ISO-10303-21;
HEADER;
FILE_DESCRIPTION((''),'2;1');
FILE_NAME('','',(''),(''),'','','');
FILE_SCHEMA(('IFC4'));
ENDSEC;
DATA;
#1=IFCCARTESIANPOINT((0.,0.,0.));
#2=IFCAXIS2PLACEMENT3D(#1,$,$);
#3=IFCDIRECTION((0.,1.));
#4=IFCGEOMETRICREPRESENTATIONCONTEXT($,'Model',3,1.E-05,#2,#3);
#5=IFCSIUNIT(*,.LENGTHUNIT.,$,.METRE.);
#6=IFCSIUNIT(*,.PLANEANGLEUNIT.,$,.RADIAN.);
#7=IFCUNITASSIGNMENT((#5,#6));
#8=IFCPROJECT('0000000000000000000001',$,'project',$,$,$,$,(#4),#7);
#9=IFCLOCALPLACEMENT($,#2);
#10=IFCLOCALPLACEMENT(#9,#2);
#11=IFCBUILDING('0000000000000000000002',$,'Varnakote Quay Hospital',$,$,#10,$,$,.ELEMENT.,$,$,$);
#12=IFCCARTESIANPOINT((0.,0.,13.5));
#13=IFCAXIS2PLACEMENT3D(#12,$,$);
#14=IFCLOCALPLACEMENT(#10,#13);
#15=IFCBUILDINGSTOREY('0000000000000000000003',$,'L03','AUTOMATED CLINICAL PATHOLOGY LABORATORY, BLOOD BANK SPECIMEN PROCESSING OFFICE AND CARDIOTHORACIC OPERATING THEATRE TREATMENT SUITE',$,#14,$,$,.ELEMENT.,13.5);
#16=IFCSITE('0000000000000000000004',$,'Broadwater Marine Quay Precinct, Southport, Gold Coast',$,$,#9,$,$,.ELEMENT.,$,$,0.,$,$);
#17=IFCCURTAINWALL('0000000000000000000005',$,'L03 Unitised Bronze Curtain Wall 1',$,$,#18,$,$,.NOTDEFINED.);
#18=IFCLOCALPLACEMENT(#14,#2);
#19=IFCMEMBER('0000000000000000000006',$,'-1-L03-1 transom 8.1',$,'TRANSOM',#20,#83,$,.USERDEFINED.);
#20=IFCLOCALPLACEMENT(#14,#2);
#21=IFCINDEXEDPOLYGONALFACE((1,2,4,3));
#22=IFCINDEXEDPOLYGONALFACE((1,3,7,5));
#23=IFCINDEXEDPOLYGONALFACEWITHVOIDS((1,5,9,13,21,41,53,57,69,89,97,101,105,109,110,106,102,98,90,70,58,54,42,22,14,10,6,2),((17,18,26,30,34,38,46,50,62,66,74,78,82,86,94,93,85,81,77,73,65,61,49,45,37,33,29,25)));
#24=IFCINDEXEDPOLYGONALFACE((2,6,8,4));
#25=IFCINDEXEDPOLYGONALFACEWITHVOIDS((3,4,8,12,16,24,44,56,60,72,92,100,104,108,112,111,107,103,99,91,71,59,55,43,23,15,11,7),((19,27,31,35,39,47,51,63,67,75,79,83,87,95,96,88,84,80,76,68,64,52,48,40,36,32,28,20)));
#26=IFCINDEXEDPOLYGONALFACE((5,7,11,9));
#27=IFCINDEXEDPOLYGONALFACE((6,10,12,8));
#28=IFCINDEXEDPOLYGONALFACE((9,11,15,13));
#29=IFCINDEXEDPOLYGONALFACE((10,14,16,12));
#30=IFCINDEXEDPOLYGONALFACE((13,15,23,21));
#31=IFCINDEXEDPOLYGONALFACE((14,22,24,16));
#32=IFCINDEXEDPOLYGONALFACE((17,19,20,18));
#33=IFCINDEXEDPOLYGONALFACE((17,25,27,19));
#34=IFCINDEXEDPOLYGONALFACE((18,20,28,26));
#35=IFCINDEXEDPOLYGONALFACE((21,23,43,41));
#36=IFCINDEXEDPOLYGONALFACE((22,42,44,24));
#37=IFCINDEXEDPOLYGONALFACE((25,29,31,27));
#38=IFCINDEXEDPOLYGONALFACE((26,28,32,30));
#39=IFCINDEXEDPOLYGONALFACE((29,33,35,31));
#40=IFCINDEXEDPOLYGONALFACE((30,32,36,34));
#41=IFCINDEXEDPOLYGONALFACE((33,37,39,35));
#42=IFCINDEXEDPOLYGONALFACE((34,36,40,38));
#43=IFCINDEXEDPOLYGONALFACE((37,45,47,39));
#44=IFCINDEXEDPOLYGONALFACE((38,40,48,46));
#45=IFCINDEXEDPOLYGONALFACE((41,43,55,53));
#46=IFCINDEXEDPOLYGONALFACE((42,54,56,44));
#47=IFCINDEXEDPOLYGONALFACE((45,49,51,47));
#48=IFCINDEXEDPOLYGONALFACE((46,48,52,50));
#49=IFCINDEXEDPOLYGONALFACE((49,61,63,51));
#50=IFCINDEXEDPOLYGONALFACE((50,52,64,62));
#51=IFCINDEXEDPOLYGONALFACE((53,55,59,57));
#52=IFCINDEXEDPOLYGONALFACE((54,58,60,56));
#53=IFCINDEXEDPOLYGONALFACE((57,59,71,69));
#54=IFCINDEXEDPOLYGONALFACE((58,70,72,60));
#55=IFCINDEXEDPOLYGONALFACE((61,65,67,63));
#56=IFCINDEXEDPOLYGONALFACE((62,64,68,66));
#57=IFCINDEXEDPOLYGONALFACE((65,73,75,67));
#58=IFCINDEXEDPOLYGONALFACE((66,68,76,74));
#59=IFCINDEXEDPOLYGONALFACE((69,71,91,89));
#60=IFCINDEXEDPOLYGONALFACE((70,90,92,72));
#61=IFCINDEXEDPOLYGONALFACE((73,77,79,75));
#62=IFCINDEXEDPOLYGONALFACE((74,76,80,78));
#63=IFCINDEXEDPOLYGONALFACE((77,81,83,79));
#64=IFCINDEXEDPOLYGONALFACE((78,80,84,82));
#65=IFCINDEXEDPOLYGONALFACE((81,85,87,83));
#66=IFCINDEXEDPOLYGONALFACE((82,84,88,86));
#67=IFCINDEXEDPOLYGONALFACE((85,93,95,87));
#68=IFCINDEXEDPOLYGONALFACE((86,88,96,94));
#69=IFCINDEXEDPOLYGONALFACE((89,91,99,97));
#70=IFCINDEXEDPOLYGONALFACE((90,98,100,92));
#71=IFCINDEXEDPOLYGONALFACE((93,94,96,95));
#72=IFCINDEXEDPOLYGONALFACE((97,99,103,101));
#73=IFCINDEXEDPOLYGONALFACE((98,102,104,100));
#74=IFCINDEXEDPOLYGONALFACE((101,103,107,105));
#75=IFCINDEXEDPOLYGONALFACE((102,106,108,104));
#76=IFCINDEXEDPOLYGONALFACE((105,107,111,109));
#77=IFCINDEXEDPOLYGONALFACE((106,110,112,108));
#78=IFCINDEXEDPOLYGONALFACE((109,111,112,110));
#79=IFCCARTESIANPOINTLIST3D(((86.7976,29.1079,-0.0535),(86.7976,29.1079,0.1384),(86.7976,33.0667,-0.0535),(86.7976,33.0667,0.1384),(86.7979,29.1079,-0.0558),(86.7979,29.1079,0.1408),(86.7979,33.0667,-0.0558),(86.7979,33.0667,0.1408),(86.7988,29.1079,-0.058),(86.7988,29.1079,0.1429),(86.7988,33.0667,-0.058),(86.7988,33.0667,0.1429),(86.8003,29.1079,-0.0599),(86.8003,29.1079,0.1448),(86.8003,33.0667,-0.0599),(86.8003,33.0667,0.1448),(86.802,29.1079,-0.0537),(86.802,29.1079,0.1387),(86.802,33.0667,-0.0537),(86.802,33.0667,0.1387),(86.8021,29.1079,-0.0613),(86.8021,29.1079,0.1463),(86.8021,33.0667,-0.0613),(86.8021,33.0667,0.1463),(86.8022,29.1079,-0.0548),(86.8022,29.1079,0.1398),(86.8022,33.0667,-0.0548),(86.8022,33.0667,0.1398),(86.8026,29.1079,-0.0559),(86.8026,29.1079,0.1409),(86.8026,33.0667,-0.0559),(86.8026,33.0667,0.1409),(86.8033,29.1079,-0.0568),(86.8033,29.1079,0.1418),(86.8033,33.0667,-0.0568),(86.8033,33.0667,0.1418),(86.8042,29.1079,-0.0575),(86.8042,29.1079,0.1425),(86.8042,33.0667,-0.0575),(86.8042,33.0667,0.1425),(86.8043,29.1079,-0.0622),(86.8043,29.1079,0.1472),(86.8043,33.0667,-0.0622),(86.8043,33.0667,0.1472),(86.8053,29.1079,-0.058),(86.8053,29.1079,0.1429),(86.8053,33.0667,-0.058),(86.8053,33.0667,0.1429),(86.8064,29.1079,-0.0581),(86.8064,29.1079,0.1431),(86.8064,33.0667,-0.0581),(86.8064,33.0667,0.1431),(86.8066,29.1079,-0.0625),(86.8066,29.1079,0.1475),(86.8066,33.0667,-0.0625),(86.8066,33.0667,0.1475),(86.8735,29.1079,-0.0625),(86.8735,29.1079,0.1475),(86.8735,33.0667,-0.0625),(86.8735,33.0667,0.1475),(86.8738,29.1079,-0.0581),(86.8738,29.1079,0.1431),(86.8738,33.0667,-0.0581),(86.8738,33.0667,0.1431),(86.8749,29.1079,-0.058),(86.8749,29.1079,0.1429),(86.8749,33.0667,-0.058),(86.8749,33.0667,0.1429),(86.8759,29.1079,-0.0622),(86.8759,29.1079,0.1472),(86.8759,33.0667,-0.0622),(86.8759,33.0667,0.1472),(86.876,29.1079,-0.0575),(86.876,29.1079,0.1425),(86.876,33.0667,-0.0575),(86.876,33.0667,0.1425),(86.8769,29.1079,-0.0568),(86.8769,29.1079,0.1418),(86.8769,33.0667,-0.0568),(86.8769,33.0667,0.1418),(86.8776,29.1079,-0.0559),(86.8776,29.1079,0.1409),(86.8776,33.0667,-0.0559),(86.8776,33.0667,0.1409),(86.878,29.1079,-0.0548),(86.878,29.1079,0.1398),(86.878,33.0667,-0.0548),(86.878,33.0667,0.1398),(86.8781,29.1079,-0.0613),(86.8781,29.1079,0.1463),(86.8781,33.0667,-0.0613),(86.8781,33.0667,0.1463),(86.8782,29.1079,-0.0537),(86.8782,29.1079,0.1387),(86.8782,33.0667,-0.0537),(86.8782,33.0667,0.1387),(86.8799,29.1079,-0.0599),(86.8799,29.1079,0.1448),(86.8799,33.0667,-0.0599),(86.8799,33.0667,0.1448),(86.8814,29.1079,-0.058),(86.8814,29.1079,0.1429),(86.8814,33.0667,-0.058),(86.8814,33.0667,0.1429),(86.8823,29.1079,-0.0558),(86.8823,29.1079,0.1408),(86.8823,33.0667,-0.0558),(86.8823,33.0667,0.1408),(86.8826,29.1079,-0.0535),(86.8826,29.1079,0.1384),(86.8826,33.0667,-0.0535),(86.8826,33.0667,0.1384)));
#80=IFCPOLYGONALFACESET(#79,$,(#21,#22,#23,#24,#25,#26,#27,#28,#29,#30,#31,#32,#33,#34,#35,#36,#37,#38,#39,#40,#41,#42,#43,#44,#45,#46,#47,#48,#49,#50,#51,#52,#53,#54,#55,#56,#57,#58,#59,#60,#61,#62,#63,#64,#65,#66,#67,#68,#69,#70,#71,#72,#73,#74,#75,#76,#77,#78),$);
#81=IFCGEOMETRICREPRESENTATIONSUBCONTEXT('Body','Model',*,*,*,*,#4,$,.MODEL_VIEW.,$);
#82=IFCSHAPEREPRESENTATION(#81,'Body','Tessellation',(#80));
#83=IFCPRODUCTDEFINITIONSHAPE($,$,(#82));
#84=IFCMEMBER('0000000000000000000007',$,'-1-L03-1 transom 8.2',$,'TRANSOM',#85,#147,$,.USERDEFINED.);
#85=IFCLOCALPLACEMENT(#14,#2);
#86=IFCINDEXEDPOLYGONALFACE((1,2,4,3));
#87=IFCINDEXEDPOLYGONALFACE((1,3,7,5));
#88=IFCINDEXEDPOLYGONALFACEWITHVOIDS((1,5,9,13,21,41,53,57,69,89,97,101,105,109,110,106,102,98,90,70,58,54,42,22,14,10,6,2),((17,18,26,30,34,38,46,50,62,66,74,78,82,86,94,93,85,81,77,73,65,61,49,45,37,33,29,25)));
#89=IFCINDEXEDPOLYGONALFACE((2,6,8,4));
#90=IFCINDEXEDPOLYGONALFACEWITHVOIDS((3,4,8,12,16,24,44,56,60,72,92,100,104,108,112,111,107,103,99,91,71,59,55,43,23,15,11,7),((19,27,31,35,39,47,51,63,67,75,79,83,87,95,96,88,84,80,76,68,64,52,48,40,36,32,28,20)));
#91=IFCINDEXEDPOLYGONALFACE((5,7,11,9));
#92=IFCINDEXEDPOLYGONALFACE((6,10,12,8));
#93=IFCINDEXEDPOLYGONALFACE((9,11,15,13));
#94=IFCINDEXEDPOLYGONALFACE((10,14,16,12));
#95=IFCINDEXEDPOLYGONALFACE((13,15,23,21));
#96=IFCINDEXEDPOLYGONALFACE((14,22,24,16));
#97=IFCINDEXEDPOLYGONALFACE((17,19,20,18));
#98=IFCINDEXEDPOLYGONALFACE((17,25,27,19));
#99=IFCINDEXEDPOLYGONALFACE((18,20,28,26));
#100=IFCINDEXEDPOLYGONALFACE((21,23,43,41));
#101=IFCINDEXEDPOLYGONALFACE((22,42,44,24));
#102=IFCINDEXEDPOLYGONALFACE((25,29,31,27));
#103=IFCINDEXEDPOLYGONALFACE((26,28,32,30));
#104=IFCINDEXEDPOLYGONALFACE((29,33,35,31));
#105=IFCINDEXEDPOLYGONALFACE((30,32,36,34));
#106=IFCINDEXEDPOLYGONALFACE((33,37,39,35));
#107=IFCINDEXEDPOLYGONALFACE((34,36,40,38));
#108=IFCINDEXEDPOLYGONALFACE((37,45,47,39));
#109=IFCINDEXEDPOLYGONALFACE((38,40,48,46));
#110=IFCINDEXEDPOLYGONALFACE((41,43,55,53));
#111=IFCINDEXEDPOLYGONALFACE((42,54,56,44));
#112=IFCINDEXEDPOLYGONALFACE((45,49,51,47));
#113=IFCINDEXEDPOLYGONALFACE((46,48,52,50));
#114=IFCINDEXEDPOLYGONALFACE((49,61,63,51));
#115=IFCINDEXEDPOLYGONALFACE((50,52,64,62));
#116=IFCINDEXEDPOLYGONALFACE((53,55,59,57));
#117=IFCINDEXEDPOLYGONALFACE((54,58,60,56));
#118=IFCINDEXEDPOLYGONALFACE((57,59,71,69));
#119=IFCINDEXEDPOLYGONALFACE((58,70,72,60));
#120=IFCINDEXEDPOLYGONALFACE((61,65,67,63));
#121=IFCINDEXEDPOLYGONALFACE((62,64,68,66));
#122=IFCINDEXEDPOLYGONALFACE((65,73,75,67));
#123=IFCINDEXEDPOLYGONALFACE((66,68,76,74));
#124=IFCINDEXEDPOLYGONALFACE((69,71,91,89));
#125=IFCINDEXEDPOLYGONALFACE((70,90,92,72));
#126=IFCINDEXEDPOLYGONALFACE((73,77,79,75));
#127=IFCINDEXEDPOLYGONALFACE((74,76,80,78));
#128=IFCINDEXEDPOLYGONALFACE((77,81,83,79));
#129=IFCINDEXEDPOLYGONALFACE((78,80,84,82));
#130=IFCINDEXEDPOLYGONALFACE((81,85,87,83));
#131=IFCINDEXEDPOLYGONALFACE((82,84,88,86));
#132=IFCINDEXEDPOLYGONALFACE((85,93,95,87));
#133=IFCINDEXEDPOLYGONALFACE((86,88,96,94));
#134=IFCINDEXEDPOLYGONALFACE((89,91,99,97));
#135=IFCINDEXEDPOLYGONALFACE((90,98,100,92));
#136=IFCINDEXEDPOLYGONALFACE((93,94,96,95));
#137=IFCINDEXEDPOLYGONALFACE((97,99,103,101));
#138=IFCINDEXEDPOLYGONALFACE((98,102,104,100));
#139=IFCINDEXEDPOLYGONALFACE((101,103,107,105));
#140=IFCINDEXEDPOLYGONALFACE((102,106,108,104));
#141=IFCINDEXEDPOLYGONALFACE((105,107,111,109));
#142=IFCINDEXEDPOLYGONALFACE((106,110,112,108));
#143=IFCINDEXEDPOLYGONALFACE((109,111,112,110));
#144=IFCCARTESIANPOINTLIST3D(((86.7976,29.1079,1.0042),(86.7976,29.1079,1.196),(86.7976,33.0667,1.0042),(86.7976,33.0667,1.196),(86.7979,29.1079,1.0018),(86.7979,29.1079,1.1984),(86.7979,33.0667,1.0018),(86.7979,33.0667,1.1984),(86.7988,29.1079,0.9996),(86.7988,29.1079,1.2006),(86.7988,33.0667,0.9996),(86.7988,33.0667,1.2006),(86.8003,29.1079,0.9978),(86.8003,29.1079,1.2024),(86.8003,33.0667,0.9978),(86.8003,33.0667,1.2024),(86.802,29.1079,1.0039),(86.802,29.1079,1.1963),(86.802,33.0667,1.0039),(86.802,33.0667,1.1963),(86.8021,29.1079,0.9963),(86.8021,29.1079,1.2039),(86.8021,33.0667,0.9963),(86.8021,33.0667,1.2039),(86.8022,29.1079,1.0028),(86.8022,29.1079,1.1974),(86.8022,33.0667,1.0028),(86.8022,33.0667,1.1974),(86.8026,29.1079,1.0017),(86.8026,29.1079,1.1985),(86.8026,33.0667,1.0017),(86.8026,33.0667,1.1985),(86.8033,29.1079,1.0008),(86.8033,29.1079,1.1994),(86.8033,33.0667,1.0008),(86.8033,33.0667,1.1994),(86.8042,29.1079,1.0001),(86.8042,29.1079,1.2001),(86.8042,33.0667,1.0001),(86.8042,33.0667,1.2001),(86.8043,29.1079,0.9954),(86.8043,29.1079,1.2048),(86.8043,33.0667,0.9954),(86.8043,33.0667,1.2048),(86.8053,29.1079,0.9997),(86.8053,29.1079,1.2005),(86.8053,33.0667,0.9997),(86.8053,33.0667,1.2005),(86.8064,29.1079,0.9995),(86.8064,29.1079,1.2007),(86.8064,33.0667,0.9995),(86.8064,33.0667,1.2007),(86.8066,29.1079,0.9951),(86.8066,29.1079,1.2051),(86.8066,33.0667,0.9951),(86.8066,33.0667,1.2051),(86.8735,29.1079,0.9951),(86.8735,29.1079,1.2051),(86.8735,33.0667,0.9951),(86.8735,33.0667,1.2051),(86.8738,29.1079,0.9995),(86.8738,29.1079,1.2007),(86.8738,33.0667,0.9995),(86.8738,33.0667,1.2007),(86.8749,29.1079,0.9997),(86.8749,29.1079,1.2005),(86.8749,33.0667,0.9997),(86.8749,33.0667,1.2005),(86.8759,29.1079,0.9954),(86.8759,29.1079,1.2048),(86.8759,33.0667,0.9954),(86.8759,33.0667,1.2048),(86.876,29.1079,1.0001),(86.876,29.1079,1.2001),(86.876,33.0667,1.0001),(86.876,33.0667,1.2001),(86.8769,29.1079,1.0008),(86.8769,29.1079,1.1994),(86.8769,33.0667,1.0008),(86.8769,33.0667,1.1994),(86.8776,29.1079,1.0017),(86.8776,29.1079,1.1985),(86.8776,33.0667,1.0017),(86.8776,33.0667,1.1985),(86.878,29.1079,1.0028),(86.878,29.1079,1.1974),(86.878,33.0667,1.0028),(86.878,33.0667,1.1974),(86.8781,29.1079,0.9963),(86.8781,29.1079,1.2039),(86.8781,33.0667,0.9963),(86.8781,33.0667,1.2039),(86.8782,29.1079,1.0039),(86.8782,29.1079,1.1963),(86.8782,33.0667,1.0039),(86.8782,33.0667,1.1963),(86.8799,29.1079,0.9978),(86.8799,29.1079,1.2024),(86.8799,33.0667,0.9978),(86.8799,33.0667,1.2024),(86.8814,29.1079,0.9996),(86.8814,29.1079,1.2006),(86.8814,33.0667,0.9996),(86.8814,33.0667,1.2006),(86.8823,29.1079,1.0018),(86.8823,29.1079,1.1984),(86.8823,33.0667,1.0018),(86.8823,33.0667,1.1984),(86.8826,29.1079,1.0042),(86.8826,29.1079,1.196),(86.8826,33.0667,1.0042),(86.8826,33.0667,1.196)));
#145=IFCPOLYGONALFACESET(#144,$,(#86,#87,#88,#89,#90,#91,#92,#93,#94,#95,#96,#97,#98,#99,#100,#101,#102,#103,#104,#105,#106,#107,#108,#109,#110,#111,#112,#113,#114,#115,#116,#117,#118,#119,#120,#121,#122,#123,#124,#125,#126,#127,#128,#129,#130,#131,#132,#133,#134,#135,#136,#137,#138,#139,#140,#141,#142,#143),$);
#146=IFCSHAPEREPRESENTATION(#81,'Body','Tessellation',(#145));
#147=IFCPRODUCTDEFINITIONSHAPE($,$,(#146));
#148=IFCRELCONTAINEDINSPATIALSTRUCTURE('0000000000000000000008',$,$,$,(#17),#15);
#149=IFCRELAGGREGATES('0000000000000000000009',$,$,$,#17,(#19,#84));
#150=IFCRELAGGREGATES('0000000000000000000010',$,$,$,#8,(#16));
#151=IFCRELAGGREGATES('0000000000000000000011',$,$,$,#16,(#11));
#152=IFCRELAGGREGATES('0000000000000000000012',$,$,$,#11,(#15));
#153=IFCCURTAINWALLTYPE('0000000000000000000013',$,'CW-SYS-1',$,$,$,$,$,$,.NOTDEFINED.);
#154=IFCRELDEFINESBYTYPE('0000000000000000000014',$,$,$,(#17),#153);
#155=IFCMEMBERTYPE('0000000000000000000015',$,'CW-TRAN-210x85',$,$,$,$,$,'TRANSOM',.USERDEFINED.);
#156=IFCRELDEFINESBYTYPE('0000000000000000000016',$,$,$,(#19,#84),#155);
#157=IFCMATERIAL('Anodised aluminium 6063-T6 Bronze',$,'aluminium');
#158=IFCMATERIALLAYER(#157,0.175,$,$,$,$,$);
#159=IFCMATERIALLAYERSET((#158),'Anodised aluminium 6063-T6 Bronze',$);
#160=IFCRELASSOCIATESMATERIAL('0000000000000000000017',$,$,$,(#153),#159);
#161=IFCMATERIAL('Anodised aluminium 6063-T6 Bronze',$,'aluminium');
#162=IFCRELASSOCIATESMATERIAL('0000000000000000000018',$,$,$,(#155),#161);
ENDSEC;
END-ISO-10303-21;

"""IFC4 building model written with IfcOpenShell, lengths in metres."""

from ifc_helpers import new_model, si_unit, direction, frame, origin, origin_2d, place, context, subcontext, project, spatial, hollow_rectangle, extrude, material, layer, layer_set, material_profile, profile_set, type_object, element, aggregate, save


model = new_model("IFC4")

# Units and contexts
model_context = context("Model", 3, precision=1e-05, world=origin(), true_north=direction((0.0, 1.0)))
body_context = subcontext(model_context, "Body", "Model", "MODEL_VIEW")
ifc_project = project(units=[si_unit("LENGTHUNIT", "METRE"), si_unit("PLANEANGLEUNIT", "RADIAN")], contexts=[model_context])

# Site, building, storey
site_placement = place(None, origin())
site = spatial("IfcSite", under=ifc_project, at=site_placement, Name="Broadwater Marine Quay Precinct, Southport, Gold Coast", CompositionType="ELEMENT", RefElevation=0.0)
building_placement = place(site_placement, origin())
building = spatial("IfcBuilding", under=site, at=building_placement, Name="Varnakote Quay Hospital", CompositionType="ELEMENT")
storey_placement = place(building_placement, frame((0.0, 0.0, 13.5)))
storey = spatial("IfcBuildingStorey", under=building, at=storey_placement, Name="L03", Description="AUTOMATED CLINICAL PATHOLOGY LABORATORY, BLOOD BANK SPECIMEN PROCESSING OFFICE AND CARDIOTHORACIC OPERATING THEATRE TREATMENT SUITE", CompositionType="ELEMENT", Elevation=13.5)

# Curtain wall, members
ifc_material_1 = material(Name="Anodised aluminium 6063-T6 Bronze", Category="aluminium")
ifc_layer_1 = layer(ifc_material_1, 0.175)
ifc_layer_set_1 = layer_set([ifc_layer_1], Name="Anodised aluminium 6063-T6 Bronze")
curtain_wall_type = type_object("IfcCurtainWallType", Name="CW-SYS-1", PredefinedType="NOTDEFINED", material=ifc_layer_set_1)
curtain_wall_placement = place(storey_placement, origin())
curtain_wall = element("IfcCurtainWall", 1, at=curtain_wall_placement, inside=storey, type_object=curtain_wall_type, Name="L03 Unitised Bronze Curtain Wall 1", PredefinedType="NOTDEFINED")
ifc_material_2 = material(Name="Anodised aluminium 6063-T6 Bronze", Category="aluminium")
ifc_material_profile_1 = material_profile(ifc_material_2, hollow_rectangle(XDim=0.085, YDim=0.21, WallThickness=0.0044, InnerFilletRadius=0.0044, OuterFilletRadius=0.009, at=origin_2d()), Name="CW-TRAN-210x85")
ifc_profile_set_1 = profile_set([ifc_material_profile_1], Name="Anodised aluminium 6063-T6 Bronze")
member_type_1 = type_object("IfcMemberType", Name="CW-TRAN-210x85", ElementType="TRANSOM", PredefinedType="USERDEFINED", material=ifc_profile_set_1)
member_1_placement = place(storey_placement, frame((86.8401, 29.1079, 0.0425), z_axis=(0.0, 1.0, 0.0), x_axis=(-1.0, 0.0, 0.0)))
member_1 = element("IfcMember", 2, at=member_1_placement, type_object=member_type_1, Name="-1-L03-1 transom 8.1", ObjectType="TRANSOM", PredefinedType="USERDEFINED", context=body_context, shape_type="SweptSolid", body=[
    extrude(hollow_rectangle(XDim=0.085, YDim=0.21, WallThickness=0.0044, InnerFilletRadius=0.0044, OuterFilletRadius=0.009, at=origin_2d()), origin(), (0.0, 0.0, 1.0), 3.9587),
])
member_2_placement = place(storey_placement, frame((86.8401, 29.1079, 1.1001), z_axis=(0.0, 1.0, 0.0), x_axis=(-1.0, 0.0, 0.0)))
member_2 = element("IfcMember", 3, at=member_2_placement, type_object=member_type_1, Name="-1-L03-1 transom 8.2", ObjectType="TRANSOM", PredefinedType="USERDEFINED", context=body_context, shape_type="SweptSolid", body=[
    extrude(hollow_rectangle(XDim=0.085, YDim=0.21, WallThickness=0.0044, InnerFilletRadius=0.0044, OuterFilletRadius=0.009, at=origin_2d()), origin(), (0.0, 0.0, 1.0), 3.9587),
])
aggregate(curtain_wall, [member_1, member_2])

save(model, "model.ifc")
